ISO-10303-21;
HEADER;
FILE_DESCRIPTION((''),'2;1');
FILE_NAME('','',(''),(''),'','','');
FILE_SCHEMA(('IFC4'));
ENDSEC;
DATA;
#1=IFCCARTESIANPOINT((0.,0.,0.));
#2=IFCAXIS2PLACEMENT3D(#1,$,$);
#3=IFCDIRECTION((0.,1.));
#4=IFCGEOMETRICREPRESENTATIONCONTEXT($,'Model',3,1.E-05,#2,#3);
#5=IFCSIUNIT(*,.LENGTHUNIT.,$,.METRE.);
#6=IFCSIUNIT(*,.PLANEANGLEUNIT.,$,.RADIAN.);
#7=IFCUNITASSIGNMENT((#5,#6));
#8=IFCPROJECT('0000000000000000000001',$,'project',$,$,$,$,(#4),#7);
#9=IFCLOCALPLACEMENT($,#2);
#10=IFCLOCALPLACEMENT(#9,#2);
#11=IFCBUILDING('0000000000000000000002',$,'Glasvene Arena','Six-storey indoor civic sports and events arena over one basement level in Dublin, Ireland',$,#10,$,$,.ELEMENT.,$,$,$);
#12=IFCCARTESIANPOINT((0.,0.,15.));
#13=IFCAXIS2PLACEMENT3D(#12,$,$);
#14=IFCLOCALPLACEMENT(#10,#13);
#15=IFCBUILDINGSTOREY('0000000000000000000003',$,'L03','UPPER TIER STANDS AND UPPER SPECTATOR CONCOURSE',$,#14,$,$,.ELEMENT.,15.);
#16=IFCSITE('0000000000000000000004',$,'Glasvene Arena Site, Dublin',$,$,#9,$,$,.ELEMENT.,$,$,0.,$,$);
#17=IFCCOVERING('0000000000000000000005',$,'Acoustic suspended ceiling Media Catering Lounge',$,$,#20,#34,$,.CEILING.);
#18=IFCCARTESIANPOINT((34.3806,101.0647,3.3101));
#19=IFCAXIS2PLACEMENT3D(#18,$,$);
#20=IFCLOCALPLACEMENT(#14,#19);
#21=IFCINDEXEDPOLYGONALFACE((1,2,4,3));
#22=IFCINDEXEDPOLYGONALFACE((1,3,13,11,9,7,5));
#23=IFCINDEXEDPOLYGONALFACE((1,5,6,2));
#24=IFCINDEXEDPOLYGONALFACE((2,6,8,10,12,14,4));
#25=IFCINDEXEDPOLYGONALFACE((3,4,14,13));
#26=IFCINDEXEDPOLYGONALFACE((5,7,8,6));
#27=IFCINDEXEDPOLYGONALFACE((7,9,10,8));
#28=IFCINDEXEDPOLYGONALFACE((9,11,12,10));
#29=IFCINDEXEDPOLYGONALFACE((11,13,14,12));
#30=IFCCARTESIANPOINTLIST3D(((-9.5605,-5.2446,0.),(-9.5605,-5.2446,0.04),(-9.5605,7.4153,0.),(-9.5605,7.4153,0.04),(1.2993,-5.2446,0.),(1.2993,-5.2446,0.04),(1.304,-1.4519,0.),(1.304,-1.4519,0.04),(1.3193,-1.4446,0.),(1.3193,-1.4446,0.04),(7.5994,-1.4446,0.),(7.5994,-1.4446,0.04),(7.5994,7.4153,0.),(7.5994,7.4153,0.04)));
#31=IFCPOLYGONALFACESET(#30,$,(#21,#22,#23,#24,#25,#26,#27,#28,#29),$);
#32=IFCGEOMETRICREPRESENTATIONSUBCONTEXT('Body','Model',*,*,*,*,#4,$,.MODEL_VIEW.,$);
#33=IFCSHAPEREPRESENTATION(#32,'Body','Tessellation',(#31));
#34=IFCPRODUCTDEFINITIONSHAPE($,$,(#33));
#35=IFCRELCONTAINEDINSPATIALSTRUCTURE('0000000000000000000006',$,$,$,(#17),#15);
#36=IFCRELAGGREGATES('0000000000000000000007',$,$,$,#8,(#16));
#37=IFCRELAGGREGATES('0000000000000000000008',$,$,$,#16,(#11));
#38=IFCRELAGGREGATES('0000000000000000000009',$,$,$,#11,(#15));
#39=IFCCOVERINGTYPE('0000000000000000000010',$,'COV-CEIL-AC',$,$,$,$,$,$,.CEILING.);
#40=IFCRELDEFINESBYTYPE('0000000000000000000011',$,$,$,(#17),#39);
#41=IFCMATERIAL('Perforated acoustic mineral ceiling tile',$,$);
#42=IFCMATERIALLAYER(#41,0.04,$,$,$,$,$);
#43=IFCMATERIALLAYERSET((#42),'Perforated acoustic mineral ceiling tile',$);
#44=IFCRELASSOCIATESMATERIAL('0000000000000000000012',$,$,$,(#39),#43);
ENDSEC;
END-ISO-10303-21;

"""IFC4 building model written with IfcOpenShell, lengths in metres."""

from ifc_helpers import new_model, si_unit, direction, frame, origin, place, context, subcontext, project, spatial, polyline, outline, extrude, material, layer, layer_set, type_object, element, save


model = new_model("IFC4")

# Units and contexts
model_context = context("Model", 3, precision=1e-05, world=origin(), true_north=direction((0.0, 1.0)))
body_context = subcontext(model_context, "Body", "Model", "MODEL_VIEW")
ifc_project = project(units=[si_unit("LENGTHUNIT", "METRE"), si_unit("PLANEANGLEUNIT", "RADIAN")], contexts=[model_context])

# Site, building, storey
site_placement = place(None, origin())
site = spatial("IfcSite", under=ifc_project, at=site_placement, Name="Glasvene Arena Site, Dublin", CompositionType="ELEMENT", RefElevation=0.0)
building_placement = place(site_placement, origin())
building = spatial("IfcBuilding", under=site, at=building_placement, Name="Glasvene Arena", Description="Six-storey indoor civic sports and events arena over one basement level in Dublin, Ireland", CompositionType="ELEMENT")
storey_placement = place(building_placement, frame((0.0, 0.0, 15.0)))
storey = spatial("IfcBuildingStorey", under=building, at=storey_placement, Name="L03", Description="UPPER TIER STANDS AND UPPER SPECTATOR CONCOURSE", CompositionType="ELEMENT", Elevation=15.0)

# Covering
ifc_material_1 = material(Name="Perforated acoustic mineral ceiling tile")
ifc_layer_1 = layer(ifc_material_1, 0.04)
ifc_layer_set_1 = layer_set([ifc_layer_1], Name="Perforated acoustic mineral ceiling tile")
covering_type = type_object("IfcCoveringType", Name="COV-CEIL-AC", PredefinedType="CEILING", material=ifc_layer_set_1)
covering_placement = place(storey_placement, frame((34.3806, 101.0647, 3.3101)))
element("IfcCovering", 1, at=covering_placement, inside=storey, type_object=covering_type, Name="Acoustic suspended ceiling Media Catering Lounge", PredefinedType="CEILING", context=body_context, shape_type="SweptSolid", body=[
    extrude(outline(polyline([(-9.5605, -5.2446), (-9.5605, 7.4153), (7.5994, 7.4153), (7.5994, -1.4446), (1.3193, -1.4446), (1.304, -1.4519), (1.2993, -5.2446), (-9.5605, -5.2446)])), origin(), (0.0, 0.0, 1.0), 0.04),
])

save(model, "model.ifc")
